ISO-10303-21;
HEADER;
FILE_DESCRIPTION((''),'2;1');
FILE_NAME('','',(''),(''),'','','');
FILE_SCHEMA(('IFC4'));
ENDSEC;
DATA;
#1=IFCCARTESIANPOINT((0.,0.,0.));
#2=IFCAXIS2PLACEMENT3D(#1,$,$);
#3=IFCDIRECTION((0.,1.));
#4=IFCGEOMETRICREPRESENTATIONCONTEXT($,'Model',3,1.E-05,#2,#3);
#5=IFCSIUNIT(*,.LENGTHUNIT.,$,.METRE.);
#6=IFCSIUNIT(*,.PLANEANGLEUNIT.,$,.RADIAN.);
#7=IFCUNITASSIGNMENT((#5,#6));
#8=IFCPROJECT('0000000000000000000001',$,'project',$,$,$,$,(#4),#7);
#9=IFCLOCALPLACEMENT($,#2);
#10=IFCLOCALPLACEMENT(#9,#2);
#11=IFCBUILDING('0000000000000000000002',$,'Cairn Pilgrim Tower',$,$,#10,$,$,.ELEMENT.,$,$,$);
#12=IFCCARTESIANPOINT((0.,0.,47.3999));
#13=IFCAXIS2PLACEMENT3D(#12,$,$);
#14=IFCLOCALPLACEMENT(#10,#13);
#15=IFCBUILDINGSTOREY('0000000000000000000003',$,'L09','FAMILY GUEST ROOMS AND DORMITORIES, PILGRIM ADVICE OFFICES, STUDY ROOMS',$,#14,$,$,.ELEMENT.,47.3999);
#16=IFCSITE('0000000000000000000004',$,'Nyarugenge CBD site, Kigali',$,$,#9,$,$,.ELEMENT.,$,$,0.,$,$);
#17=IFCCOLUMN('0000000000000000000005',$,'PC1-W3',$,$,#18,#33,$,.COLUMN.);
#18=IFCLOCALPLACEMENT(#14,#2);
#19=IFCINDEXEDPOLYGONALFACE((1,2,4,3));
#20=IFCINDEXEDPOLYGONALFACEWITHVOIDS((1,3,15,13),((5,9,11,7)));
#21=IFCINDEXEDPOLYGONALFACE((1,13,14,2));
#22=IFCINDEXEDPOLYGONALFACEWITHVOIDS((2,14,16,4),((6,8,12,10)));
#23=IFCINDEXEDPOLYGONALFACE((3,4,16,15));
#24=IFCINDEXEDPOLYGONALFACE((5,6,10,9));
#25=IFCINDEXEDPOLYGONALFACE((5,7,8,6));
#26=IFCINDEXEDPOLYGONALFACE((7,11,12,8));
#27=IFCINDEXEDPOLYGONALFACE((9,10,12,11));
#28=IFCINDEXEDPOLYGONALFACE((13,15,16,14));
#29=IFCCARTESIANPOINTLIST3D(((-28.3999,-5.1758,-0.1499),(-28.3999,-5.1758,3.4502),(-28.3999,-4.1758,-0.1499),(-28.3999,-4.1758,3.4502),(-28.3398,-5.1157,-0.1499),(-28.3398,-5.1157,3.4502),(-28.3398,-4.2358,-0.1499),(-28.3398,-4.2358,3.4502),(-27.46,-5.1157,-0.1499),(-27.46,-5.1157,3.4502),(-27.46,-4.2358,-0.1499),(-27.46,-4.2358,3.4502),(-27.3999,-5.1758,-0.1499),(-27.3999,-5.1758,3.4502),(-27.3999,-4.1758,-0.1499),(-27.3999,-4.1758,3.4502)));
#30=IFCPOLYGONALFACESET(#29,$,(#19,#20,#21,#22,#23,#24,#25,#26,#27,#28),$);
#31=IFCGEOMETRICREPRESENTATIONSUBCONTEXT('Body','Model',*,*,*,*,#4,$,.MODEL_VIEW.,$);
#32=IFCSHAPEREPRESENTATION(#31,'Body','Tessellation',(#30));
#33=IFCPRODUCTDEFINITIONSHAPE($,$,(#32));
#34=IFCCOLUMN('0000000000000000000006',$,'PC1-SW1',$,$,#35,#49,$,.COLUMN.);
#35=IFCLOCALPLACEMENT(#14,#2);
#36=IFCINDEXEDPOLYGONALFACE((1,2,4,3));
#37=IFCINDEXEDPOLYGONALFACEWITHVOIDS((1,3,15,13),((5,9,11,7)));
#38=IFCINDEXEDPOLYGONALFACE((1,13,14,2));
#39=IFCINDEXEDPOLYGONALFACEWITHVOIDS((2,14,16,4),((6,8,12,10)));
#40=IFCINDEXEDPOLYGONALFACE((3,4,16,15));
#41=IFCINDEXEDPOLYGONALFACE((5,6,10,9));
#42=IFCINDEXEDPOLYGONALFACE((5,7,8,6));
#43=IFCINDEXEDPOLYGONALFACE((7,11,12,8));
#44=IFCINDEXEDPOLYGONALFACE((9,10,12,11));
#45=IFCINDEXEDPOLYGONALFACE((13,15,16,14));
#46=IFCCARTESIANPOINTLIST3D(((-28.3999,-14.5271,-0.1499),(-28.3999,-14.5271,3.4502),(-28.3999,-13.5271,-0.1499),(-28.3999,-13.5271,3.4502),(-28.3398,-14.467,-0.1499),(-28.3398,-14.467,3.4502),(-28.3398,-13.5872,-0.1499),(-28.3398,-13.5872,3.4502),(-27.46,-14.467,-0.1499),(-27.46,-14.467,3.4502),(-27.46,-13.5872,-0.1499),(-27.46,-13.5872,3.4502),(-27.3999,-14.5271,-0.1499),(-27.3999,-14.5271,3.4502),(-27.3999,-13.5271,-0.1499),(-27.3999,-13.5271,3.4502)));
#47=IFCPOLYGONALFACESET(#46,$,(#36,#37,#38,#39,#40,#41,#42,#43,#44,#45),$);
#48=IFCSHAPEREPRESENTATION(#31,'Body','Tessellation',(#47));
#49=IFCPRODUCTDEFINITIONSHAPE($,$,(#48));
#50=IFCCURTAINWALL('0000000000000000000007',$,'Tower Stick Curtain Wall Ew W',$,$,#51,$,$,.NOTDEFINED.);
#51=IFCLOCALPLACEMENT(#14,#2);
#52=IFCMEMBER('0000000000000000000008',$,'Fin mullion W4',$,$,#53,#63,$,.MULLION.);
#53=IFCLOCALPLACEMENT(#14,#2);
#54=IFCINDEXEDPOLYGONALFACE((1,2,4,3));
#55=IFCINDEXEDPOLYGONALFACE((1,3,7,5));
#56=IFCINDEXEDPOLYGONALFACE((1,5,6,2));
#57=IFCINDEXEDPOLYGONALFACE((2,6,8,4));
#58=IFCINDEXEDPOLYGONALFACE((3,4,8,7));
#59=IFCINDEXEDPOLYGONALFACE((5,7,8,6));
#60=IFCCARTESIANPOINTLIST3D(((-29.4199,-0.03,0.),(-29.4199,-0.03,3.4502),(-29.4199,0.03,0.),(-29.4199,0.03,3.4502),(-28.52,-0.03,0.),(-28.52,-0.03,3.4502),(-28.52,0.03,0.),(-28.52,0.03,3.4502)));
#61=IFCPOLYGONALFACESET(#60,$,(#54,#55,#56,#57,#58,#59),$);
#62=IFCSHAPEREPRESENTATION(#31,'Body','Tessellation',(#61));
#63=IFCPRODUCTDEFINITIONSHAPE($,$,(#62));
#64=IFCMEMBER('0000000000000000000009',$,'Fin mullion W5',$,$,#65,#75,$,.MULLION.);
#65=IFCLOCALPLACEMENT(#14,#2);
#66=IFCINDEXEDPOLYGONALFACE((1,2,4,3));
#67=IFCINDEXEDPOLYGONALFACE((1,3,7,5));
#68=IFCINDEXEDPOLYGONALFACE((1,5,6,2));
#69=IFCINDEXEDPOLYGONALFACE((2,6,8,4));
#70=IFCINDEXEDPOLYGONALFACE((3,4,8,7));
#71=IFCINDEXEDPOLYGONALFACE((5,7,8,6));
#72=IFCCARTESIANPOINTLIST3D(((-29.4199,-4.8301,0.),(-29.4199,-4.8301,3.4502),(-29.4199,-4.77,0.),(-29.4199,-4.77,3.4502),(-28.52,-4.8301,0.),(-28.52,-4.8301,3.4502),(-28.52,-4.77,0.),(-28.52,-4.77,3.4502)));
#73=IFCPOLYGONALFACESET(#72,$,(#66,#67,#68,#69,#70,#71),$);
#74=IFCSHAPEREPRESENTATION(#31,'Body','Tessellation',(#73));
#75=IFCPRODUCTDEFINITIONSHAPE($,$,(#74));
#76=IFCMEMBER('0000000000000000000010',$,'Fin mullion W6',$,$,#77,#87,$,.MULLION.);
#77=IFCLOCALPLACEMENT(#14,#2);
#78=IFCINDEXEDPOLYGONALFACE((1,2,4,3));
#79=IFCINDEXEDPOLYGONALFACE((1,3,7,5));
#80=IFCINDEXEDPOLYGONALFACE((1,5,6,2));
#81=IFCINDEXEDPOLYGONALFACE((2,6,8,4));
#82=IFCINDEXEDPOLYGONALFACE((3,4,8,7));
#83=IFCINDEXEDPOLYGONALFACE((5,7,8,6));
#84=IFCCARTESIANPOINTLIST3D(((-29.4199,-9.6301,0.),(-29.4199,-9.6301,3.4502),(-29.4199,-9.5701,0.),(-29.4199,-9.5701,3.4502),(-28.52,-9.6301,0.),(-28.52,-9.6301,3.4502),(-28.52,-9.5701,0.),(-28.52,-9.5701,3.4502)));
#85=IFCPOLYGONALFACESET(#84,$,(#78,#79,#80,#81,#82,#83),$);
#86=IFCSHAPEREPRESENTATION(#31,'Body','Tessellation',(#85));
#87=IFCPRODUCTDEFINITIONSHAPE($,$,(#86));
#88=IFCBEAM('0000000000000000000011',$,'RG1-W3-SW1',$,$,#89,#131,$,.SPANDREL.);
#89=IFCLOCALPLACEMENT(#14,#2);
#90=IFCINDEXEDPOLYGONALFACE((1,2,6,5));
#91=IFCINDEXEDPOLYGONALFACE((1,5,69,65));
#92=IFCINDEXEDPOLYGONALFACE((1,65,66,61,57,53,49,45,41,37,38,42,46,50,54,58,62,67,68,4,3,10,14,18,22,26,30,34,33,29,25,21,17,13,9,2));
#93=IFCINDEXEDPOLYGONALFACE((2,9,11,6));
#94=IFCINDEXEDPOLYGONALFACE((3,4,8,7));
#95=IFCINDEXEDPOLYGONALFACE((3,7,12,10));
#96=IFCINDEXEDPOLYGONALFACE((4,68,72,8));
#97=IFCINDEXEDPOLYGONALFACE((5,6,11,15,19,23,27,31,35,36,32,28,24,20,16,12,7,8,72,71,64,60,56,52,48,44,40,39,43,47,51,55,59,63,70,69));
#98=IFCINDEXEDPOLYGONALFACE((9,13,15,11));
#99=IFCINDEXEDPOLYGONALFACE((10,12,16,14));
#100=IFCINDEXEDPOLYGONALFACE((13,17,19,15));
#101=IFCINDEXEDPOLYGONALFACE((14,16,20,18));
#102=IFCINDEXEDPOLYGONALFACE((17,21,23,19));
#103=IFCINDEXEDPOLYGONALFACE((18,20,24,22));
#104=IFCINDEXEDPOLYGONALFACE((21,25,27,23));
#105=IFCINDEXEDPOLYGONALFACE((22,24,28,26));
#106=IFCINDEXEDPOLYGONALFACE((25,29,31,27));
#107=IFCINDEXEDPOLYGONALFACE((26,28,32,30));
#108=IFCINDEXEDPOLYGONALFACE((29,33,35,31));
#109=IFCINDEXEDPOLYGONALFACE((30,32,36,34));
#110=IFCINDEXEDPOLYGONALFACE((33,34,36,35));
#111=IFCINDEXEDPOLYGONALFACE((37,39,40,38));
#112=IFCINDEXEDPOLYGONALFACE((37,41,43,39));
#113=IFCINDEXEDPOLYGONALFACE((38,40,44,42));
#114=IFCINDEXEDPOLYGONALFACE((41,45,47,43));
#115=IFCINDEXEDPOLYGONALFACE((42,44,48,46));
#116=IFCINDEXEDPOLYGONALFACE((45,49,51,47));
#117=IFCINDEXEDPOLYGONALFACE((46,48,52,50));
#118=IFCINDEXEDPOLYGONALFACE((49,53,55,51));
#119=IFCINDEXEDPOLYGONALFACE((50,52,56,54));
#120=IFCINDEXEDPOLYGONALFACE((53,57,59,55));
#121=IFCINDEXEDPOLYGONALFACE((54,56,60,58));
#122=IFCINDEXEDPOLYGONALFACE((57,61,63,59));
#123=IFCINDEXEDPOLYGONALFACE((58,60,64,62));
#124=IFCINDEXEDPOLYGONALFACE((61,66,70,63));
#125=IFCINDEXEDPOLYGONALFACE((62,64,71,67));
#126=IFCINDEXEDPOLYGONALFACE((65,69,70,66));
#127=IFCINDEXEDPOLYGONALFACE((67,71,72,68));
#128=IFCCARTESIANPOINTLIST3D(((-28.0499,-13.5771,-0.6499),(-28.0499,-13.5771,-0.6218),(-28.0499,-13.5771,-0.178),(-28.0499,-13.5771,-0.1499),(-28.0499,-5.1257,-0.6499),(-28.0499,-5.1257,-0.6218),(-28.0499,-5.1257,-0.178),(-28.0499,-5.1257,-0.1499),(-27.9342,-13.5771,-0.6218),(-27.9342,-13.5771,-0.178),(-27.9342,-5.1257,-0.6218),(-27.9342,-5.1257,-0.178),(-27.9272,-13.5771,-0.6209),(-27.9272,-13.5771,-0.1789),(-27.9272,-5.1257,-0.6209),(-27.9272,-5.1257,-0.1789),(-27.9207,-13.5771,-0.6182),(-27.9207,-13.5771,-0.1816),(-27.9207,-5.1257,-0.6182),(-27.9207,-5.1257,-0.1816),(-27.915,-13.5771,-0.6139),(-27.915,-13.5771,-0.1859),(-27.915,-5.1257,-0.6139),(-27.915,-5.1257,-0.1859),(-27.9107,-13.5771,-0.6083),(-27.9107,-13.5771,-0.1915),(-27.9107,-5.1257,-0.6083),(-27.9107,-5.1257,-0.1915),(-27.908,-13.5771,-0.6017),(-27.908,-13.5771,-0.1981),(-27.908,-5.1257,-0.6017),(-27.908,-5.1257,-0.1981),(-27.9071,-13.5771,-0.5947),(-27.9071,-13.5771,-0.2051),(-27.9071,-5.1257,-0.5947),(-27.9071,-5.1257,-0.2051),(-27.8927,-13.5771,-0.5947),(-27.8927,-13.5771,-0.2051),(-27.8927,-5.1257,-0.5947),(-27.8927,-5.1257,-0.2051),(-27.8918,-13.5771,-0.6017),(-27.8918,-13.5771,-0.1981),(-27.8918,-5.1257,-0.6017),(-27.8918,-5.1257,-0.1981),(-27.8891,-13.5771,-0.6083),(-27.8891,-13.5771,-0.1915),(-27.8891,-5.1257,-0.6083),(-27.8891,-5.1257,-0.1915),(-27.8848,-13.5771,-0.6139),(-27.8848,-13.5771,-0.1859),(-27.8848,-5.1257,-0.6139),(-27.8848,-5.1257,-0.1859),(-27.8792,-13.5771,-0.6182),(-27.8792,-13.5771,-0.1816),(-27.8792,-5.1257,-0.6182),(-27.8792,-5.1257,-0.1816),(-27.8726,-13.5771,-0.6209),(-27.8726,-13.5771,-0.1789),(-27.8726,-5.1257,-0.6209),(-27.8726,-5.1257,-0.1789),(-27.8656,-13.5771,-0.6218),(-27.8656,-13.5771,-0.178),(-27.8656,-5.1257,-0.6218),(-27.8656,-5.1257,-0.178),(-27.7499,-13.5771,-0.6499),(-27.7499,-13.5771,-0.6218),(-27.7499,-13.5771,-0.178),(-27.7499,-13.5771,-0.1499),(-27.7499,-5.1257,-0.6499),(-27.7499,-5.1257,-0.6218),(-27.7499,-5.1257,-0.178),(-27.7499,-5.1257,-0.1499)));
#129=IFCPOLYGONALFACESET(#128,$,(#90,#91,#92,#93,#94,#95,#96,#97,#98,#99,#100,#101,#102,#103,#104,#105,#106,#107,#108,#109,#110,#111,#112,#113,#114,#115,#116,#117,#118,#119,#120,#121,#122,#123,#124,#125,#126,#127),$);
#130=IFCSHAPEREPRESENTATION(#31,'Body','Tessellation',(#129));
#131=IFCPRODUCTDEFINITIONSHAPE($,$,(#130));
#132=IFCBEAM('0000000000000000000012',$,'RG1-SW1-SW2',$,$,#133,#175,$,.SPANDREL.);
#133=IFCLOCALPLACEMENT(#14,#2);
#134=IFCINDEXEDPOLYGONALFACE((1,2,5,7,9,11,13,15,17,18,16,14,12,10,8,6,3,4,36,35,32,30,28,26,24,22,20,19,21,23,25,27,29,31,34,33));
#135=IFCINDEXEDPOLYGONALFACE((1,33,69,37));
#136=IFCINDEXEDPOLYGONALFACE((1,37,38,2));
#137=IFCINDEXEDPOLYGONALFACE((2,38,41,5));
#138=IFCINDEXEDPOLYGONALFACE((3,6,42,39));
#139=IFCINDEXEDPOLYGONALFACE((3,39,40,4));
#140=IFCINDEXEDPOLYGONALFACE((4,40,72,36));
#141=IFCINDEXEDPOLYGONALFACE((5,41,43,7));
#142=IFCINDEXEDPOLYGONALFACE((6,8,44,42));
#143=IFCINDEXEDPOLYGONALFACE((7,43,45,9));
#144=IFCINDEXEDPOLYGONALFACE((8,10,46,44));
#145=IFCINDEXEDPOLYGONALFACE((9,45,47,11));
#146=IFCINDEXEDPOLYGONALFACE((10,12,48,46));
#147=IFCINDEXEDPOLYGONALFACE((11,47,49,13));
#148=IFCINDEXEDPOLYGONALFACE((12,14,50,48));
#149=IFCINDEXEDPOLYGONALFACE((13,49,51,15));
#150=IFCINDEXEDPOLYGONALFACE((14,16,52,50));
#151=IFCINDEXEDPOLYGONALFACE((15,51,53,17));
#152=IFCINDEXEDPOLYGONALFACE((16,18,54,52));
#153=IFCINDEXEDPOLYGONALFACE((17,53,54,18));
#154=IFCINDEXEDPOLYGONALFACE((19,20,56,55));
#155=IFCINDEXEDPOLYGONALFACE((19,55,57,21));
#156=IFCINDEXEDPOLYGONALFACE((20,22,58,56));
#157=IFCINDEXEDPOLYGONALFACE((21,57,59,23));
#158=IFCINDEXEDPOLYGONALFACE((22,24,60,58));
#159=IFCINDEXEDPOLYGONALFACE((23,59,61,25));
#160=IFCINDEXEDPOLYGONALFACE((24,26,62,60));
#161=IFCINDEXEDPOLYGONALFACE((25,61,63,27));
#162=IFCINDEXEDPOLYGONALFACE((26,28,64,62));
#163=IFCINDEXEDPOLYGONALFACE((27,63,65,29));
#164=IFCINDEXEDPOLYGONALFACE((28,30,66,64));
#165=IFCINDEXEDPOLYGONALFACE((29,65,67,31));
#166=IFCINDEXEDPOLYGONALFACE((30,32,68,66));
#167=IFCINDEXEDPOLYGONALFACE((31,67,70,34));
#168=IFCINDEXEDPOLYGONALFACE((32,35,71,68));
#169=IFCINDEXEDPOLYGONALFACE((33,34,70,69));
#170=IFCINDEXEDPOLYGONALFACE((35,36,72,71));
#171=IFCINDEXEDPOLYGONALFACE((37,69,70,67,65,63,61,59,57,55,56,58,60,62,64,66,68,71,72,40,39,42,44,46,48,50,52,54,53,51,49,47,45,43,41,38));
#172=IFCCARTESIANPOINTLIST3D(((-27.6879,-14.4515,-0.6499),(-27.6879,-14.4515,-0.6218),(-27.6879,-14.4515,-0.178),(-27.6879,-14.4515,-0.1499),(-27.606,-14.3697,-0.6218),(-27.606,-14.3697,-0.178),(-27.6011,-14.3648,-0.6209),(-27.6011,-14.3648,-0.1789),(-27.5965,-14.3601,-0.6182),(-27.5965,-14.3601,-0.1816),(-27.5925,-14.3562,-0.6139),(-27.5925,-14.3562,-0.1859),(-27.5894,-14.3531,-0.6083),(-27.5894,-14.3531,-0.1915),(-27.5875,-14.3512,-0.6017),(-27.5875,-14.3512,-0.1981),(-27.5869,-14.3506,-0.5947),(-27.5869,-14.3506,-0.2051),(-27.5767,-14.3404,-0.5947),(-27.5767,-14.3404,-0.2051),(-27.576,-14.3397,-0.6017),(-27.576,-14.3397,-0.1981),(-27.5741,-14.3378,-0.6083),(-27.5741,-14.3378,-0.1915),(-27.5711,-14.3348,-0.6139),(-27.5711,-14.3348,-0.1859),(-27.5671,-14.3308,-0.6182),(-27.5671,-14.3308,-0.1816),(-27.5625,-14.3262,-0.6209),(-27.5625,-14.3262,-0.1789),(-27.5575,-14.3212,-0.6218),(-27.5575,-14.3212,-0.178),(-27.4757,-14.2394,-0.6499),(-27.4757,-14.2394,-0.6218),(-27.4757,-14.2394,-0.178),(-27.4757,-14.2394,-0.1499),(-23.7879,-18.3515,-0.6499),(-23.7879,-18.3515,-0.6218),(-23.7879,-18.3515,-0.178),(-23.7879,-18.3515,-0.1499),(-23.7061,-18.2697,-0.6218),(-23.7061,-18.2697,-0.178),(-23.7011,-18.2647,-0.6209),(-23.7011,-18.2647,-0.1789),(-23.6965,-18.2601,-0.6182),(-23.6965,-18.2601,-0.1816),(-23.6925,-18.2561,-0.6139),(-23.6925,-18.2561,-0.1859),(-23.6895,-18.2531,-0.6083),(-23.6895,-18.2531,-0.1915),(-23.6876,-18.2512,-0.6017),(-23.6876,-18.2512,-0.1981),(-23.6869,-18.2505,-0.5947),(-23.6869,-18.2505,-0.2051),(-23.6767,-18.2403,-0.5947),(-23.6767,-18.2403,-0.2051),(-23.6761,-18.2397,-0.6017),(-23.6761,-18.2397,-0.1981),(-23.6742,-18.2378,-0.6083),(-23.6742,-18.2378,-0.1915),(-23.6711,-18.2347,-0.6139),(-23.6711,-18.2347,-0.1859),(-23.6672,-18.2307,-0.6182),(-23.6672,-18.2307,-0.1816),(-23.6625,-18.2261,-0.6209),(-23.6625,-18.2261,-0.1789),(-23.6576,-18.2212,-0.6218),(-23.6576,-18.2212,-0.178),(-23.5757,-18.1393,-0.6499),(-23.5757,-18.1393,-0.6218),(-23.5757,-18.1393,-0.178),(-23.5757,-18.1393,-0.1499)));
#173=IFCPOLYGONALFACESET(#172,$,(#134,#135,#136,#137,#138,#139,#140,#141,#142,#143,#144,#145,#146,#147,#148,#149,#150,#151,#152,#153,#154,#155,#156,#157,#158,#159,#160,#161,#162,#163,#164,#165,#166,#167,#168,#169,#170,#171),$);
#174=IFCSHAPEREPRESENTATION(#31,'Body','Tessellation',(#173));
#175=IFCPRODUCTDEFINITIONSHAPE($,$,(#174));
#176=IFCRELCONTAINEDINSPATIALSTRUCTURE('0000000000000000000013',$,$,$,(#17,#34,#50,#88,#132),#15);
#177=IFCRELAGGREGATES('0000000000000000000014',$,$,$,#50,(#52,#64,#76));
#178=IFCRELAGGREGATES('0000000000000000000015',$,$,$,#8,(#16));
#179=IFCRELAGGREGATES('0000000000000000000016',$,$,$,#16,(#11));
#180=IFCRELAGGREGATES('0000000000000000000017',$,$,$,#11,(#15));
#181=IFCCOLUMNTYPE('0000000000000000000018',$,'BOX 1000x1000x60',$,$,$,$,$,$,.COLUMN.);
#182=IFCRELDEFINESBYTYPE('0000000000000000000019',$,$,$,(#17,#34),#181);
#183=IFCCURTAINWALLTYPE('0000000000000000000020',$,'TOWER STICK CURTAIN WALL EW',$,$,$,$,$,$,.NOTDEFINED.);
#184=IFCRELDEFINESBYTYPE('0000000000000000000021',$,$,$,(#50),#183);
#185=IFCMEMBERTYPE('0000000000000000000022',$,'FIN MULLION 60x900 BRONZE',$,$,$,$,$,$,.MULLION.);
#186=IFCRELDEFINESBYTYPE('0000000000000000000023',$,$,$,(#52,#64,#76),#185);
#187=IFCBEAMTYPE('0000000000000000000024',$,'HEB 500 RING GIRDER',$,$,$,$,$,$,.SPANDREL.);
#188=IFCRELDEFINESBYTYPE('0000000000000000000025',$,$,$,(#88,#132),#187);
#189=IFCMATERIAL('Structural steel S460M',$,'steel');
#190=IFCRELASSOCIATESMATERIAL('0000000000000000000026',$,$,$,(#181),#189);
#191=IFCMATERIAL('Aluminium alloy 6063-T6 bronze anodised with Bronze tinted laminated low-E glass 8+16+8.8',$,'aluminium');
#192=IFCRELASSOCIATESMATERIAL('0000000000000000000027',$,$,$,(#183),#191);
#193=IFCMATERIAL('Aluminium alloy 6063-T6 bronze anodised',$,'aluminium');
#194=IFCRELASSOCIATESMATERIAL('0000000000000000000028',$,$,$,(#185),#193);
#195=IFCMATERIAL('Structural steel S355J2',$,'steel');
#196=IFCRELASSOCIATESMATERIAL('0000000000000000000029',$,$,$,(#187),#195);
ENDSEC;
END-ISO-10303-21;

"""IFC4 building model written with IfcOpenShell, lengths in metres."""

from ifc_helpers import new_model, si_unit, direction, frame, origin, origin_2d, place, context, subcontext, project, spatial, rectangle, hollow_rectangle, i_section, extrude, material, material_profile, profile_set, type_object, element, aggregate, save


model = new_model("IFC4")

# Units and contexts
model_context = context("Model", 3, precision=1e-05, world=origin(), true_north=direction((0.0, 1.0)))
body_context = subcontext(model_context, "Body", "Model", "MODEL_VIEW")
ifc_project = project(units=[si_unit("LENGTHUNIT", "METRE"), si_unit("PLANEANGLEUNIT", "RADIAN")], contexts=[model_context])

# Site, building, storey
site_placement = place(None, origin())
site = spatial("IfcSite", under=ifc_project, at=site_placement, Name="Nyarugenge CBD site, Kigali", CompositionType="ELEMENT", RefElevation=0.0)
building_placement = place(site_placement, origin())
building = spatial("IfcBuilding", under=site, at=building_placement, Name="Cairn Pilgrim Tower", CompositionType="ELEMENT")
storey_placement = place(building_placement, frame((0.0, 0.0, 47.3999)))
storey = spatial("IfcBuildingStorey", under=building, at=storey_placement, Name="L09", Description="FAMILY GUEST ROOMS AND DORMITORIES, PILGRIM ADVICE OFFICES, STUDY ROOMS", CompositionType="ELEMENT", Elevation=47.3999)

# Columns
ifc_material_1 = material(Name="Structural steel S460M", Category="steel")
ifc_material_profile_1 = material_profile(ifc_material_1, hollow_rectangle(XDim=1.0, YDim=1.0, WallThickness=0.0601, at=origin_2d()), Name="BOX 1000x1000x60")
ifc_profile_set_1 = profile_set([ifc_material_profile_1], Name="Structural steel S460M")
column_type = type_object("IfcColumnType", Name="BOX 1000x1000x60", PredefinedType="COLUMN", material=ifc_profile_set_1)
for number, where, z_axis, x_axis, name in (
    (1, (-27.8999, -4.6758, -0.1499), (0.0, 0.0, 1.0), (1.0, 0.0, 0.0), "PC1-W3"),
    (2, (-27.8999, -14.0271, -0.1499), (0.0, 0.0, 1.0), (1.0, 0.0, 0.0), "PC1-SW1"),
):
    element("IfcColumn", number, at=place(storey_placement, frame(where, z_axis=z_axis, x_axis=x_axis)), inside=storey, type_object=column_type, Name=name, PredefinedType="COLUMN", context=body_context, shape_type="SweptSolid", body=[
        extrude(hollow_rectangle(XDim=1.0, YDim=1.0, WallThickness=0.0601, at=origin_2d()), origin(), (0.0, 0.0, 1.0), 3.6001),
    ])

# Curtain wall, members
ifc_material_2 = material(Name="Aluminium alloy 6063-T6 bronze anodised with Bronze tinted laminated low-E glass 8+16+8.8", Category="aluminium")
curtain_wall_type_1 = type_object("IfcCurtainWallType", Name="TOWER STICK CURTAIN WALL EW", PredefinedType="NOTDEFINED", material=ifc_material_2)
curtain_wall_1_placement = place(storey_placement, origin())
curtain_wall_1 = element("IfcCurtainWall", 3, at=curtain_wall_1_placement, inside=storey, type_object=curtain_wall_type_1, Name="Tower Stick Curtain Wall Ew W", PredefinedType="NOTDEFINED")
ifc_material_3 = material(Name="Aluminium alloy 6063-T6 bronze anodised", Category="aluminium")
ifc_material_profile_2 = material_profile(ifc_material_3, rectangle(XDim=0.8999, YDim=0.0601, at=origin_2d()), Name="FIN MULLION 60x900 BRONZE")
ifc_profile_set_2 = profile_set([ifc_material_profile_2], Name="Aluminium alloy 6063-T6 bronze anodised")
member_type_1 = type_object("IfcMemberType", Name="FIN MULLION 60x900 BRONZE", PredefinedType="MULLION", material=ifc_profile_set_2)
member_1_placement = place(storey_placement, frame((-28.97, 0.0, 0.0), z_axis=(0.0, 0.0, 1.0), x_axis=(-1.0, 0.0, 0.0)))
member_1 = element("IfcMember", 4, at=member_1_placement, type_object=member_type_1, Name="Fin mullion W4", PredefinedType="MULLION", context=body_context, shape_type="SweptSolid", body=[
    extrude(rectangle(XDim=0.8999, YDim=0.0601, at=origin_2d()), origin(), (0.0, 0.0, 1.0), 3.4502),
])
member_2_placement = place(storey_placement, frame((-28.97, -4.8, 0.0), z_axis=(0.0, 0.0, 1.0), x_axis=(-1.0, 0.0, 0.0)))
member_2 = element("IfcMember", 5, at=member_2_placement, type_object=member_type_1, Name="Fin mullion W5", PredefinedType="MULLION", context=body_context, shape_type="SweptSolid", body=[
    extrude(rectangle(XDim=0.8999, YDim=0.0601, at=origin_2d()), origin(), (0.0, 0.0, 1.0), 3.4502),
])
member_3_placement = place(storey_placement, frame((-28.97, -9.6001, 0.0), z_axis=(0.0, 0.0, 1.0), x_axis=(-1.0, 0.0, 0.0)))
member_3 = element("IfcMember", 6, at=member_3_placement, type_object=member_type_1, Name="Fin mullion W6", PredefinedType="MULLION", context=body_context, shape_type="SweptSolid", body=[
    extrude(rectangle(XDim=0.8999, YDim=0.0601, at=origin_2d()), origin(), (0.0, 0.0, 1.0), 3.4502),
])

# Beams
ifc_material_4 = material(Name="Structural steel S355J2", Category="steel")
ifc_material_profile_3 = material_profile(ifc_material_4, i_section(OverallWidth=0.3, OverallDepth=0.5, WebThickness=0.0144, FlangeThickness=0.0281, FilletRadius=0.0271, at=origin_2d()), Name="HEB 500")
ifc_profile_set_3 = profile_set([ifc_material_profile_3], Name="Structural steel S355J2")
beam_type_1 = type_object("IfcBeamType", Name="HEB 500 RING GIRDER", PredefinedType="SPANDREL", material=ifc_profile_set_3)
beam_1_placement = place(storey_placement, frame((-27.8999, -5.1257, -0.3999), z_axis=(0.0, -1.0, 0.0), x_axis=(1.0, 0.0, 0.0)))
element("IfcBeam", 7, at=beam_1_placement, inside=storey, type_object=beam_type_1, Name="RG1-W3-SW1", PredefinedType="SPANDREL", context=body_context, shape_type="SweptSolid", body=[
    extrude(i_section(OverallWidth=0.3, OverallDepth=0.5, WebThickness=0.0144, FlangeThickness=0.0281, FilletRadius=0.0271, at=origin_2d()), origin(), (0.0, 0.0, 1.0), 8.4514),
])
beam_2_placement = place(storey_placement, frame((-27.5818, -14.3455, -0.3999), z_axis=(0.707107, -0.707107, 0.0), x_axis=(0.707107, 0.707107, 0.0)))
element("IfcBeam", 8, at=beam_2_placement, inside=storey, type_object=beam_type_1, Name="RG1-SW1-SW2", PredefinedType="SPANDREL", context=body_context, shape_type="SweptSolid", body=[
    extrude(i_section(OverallWidth=0.3, OverallDepth=0.5, WebThickness=0.0144, FlangeThickness=0.0281, FilletRadius=0.0271, at=origin_2d()), origin(), (0.0, 0.0, 1.0), 5.5154),
])

aggregate(curtain_wall_1, [member_1, member_2, member_3])

save(model, "model.ifc")
